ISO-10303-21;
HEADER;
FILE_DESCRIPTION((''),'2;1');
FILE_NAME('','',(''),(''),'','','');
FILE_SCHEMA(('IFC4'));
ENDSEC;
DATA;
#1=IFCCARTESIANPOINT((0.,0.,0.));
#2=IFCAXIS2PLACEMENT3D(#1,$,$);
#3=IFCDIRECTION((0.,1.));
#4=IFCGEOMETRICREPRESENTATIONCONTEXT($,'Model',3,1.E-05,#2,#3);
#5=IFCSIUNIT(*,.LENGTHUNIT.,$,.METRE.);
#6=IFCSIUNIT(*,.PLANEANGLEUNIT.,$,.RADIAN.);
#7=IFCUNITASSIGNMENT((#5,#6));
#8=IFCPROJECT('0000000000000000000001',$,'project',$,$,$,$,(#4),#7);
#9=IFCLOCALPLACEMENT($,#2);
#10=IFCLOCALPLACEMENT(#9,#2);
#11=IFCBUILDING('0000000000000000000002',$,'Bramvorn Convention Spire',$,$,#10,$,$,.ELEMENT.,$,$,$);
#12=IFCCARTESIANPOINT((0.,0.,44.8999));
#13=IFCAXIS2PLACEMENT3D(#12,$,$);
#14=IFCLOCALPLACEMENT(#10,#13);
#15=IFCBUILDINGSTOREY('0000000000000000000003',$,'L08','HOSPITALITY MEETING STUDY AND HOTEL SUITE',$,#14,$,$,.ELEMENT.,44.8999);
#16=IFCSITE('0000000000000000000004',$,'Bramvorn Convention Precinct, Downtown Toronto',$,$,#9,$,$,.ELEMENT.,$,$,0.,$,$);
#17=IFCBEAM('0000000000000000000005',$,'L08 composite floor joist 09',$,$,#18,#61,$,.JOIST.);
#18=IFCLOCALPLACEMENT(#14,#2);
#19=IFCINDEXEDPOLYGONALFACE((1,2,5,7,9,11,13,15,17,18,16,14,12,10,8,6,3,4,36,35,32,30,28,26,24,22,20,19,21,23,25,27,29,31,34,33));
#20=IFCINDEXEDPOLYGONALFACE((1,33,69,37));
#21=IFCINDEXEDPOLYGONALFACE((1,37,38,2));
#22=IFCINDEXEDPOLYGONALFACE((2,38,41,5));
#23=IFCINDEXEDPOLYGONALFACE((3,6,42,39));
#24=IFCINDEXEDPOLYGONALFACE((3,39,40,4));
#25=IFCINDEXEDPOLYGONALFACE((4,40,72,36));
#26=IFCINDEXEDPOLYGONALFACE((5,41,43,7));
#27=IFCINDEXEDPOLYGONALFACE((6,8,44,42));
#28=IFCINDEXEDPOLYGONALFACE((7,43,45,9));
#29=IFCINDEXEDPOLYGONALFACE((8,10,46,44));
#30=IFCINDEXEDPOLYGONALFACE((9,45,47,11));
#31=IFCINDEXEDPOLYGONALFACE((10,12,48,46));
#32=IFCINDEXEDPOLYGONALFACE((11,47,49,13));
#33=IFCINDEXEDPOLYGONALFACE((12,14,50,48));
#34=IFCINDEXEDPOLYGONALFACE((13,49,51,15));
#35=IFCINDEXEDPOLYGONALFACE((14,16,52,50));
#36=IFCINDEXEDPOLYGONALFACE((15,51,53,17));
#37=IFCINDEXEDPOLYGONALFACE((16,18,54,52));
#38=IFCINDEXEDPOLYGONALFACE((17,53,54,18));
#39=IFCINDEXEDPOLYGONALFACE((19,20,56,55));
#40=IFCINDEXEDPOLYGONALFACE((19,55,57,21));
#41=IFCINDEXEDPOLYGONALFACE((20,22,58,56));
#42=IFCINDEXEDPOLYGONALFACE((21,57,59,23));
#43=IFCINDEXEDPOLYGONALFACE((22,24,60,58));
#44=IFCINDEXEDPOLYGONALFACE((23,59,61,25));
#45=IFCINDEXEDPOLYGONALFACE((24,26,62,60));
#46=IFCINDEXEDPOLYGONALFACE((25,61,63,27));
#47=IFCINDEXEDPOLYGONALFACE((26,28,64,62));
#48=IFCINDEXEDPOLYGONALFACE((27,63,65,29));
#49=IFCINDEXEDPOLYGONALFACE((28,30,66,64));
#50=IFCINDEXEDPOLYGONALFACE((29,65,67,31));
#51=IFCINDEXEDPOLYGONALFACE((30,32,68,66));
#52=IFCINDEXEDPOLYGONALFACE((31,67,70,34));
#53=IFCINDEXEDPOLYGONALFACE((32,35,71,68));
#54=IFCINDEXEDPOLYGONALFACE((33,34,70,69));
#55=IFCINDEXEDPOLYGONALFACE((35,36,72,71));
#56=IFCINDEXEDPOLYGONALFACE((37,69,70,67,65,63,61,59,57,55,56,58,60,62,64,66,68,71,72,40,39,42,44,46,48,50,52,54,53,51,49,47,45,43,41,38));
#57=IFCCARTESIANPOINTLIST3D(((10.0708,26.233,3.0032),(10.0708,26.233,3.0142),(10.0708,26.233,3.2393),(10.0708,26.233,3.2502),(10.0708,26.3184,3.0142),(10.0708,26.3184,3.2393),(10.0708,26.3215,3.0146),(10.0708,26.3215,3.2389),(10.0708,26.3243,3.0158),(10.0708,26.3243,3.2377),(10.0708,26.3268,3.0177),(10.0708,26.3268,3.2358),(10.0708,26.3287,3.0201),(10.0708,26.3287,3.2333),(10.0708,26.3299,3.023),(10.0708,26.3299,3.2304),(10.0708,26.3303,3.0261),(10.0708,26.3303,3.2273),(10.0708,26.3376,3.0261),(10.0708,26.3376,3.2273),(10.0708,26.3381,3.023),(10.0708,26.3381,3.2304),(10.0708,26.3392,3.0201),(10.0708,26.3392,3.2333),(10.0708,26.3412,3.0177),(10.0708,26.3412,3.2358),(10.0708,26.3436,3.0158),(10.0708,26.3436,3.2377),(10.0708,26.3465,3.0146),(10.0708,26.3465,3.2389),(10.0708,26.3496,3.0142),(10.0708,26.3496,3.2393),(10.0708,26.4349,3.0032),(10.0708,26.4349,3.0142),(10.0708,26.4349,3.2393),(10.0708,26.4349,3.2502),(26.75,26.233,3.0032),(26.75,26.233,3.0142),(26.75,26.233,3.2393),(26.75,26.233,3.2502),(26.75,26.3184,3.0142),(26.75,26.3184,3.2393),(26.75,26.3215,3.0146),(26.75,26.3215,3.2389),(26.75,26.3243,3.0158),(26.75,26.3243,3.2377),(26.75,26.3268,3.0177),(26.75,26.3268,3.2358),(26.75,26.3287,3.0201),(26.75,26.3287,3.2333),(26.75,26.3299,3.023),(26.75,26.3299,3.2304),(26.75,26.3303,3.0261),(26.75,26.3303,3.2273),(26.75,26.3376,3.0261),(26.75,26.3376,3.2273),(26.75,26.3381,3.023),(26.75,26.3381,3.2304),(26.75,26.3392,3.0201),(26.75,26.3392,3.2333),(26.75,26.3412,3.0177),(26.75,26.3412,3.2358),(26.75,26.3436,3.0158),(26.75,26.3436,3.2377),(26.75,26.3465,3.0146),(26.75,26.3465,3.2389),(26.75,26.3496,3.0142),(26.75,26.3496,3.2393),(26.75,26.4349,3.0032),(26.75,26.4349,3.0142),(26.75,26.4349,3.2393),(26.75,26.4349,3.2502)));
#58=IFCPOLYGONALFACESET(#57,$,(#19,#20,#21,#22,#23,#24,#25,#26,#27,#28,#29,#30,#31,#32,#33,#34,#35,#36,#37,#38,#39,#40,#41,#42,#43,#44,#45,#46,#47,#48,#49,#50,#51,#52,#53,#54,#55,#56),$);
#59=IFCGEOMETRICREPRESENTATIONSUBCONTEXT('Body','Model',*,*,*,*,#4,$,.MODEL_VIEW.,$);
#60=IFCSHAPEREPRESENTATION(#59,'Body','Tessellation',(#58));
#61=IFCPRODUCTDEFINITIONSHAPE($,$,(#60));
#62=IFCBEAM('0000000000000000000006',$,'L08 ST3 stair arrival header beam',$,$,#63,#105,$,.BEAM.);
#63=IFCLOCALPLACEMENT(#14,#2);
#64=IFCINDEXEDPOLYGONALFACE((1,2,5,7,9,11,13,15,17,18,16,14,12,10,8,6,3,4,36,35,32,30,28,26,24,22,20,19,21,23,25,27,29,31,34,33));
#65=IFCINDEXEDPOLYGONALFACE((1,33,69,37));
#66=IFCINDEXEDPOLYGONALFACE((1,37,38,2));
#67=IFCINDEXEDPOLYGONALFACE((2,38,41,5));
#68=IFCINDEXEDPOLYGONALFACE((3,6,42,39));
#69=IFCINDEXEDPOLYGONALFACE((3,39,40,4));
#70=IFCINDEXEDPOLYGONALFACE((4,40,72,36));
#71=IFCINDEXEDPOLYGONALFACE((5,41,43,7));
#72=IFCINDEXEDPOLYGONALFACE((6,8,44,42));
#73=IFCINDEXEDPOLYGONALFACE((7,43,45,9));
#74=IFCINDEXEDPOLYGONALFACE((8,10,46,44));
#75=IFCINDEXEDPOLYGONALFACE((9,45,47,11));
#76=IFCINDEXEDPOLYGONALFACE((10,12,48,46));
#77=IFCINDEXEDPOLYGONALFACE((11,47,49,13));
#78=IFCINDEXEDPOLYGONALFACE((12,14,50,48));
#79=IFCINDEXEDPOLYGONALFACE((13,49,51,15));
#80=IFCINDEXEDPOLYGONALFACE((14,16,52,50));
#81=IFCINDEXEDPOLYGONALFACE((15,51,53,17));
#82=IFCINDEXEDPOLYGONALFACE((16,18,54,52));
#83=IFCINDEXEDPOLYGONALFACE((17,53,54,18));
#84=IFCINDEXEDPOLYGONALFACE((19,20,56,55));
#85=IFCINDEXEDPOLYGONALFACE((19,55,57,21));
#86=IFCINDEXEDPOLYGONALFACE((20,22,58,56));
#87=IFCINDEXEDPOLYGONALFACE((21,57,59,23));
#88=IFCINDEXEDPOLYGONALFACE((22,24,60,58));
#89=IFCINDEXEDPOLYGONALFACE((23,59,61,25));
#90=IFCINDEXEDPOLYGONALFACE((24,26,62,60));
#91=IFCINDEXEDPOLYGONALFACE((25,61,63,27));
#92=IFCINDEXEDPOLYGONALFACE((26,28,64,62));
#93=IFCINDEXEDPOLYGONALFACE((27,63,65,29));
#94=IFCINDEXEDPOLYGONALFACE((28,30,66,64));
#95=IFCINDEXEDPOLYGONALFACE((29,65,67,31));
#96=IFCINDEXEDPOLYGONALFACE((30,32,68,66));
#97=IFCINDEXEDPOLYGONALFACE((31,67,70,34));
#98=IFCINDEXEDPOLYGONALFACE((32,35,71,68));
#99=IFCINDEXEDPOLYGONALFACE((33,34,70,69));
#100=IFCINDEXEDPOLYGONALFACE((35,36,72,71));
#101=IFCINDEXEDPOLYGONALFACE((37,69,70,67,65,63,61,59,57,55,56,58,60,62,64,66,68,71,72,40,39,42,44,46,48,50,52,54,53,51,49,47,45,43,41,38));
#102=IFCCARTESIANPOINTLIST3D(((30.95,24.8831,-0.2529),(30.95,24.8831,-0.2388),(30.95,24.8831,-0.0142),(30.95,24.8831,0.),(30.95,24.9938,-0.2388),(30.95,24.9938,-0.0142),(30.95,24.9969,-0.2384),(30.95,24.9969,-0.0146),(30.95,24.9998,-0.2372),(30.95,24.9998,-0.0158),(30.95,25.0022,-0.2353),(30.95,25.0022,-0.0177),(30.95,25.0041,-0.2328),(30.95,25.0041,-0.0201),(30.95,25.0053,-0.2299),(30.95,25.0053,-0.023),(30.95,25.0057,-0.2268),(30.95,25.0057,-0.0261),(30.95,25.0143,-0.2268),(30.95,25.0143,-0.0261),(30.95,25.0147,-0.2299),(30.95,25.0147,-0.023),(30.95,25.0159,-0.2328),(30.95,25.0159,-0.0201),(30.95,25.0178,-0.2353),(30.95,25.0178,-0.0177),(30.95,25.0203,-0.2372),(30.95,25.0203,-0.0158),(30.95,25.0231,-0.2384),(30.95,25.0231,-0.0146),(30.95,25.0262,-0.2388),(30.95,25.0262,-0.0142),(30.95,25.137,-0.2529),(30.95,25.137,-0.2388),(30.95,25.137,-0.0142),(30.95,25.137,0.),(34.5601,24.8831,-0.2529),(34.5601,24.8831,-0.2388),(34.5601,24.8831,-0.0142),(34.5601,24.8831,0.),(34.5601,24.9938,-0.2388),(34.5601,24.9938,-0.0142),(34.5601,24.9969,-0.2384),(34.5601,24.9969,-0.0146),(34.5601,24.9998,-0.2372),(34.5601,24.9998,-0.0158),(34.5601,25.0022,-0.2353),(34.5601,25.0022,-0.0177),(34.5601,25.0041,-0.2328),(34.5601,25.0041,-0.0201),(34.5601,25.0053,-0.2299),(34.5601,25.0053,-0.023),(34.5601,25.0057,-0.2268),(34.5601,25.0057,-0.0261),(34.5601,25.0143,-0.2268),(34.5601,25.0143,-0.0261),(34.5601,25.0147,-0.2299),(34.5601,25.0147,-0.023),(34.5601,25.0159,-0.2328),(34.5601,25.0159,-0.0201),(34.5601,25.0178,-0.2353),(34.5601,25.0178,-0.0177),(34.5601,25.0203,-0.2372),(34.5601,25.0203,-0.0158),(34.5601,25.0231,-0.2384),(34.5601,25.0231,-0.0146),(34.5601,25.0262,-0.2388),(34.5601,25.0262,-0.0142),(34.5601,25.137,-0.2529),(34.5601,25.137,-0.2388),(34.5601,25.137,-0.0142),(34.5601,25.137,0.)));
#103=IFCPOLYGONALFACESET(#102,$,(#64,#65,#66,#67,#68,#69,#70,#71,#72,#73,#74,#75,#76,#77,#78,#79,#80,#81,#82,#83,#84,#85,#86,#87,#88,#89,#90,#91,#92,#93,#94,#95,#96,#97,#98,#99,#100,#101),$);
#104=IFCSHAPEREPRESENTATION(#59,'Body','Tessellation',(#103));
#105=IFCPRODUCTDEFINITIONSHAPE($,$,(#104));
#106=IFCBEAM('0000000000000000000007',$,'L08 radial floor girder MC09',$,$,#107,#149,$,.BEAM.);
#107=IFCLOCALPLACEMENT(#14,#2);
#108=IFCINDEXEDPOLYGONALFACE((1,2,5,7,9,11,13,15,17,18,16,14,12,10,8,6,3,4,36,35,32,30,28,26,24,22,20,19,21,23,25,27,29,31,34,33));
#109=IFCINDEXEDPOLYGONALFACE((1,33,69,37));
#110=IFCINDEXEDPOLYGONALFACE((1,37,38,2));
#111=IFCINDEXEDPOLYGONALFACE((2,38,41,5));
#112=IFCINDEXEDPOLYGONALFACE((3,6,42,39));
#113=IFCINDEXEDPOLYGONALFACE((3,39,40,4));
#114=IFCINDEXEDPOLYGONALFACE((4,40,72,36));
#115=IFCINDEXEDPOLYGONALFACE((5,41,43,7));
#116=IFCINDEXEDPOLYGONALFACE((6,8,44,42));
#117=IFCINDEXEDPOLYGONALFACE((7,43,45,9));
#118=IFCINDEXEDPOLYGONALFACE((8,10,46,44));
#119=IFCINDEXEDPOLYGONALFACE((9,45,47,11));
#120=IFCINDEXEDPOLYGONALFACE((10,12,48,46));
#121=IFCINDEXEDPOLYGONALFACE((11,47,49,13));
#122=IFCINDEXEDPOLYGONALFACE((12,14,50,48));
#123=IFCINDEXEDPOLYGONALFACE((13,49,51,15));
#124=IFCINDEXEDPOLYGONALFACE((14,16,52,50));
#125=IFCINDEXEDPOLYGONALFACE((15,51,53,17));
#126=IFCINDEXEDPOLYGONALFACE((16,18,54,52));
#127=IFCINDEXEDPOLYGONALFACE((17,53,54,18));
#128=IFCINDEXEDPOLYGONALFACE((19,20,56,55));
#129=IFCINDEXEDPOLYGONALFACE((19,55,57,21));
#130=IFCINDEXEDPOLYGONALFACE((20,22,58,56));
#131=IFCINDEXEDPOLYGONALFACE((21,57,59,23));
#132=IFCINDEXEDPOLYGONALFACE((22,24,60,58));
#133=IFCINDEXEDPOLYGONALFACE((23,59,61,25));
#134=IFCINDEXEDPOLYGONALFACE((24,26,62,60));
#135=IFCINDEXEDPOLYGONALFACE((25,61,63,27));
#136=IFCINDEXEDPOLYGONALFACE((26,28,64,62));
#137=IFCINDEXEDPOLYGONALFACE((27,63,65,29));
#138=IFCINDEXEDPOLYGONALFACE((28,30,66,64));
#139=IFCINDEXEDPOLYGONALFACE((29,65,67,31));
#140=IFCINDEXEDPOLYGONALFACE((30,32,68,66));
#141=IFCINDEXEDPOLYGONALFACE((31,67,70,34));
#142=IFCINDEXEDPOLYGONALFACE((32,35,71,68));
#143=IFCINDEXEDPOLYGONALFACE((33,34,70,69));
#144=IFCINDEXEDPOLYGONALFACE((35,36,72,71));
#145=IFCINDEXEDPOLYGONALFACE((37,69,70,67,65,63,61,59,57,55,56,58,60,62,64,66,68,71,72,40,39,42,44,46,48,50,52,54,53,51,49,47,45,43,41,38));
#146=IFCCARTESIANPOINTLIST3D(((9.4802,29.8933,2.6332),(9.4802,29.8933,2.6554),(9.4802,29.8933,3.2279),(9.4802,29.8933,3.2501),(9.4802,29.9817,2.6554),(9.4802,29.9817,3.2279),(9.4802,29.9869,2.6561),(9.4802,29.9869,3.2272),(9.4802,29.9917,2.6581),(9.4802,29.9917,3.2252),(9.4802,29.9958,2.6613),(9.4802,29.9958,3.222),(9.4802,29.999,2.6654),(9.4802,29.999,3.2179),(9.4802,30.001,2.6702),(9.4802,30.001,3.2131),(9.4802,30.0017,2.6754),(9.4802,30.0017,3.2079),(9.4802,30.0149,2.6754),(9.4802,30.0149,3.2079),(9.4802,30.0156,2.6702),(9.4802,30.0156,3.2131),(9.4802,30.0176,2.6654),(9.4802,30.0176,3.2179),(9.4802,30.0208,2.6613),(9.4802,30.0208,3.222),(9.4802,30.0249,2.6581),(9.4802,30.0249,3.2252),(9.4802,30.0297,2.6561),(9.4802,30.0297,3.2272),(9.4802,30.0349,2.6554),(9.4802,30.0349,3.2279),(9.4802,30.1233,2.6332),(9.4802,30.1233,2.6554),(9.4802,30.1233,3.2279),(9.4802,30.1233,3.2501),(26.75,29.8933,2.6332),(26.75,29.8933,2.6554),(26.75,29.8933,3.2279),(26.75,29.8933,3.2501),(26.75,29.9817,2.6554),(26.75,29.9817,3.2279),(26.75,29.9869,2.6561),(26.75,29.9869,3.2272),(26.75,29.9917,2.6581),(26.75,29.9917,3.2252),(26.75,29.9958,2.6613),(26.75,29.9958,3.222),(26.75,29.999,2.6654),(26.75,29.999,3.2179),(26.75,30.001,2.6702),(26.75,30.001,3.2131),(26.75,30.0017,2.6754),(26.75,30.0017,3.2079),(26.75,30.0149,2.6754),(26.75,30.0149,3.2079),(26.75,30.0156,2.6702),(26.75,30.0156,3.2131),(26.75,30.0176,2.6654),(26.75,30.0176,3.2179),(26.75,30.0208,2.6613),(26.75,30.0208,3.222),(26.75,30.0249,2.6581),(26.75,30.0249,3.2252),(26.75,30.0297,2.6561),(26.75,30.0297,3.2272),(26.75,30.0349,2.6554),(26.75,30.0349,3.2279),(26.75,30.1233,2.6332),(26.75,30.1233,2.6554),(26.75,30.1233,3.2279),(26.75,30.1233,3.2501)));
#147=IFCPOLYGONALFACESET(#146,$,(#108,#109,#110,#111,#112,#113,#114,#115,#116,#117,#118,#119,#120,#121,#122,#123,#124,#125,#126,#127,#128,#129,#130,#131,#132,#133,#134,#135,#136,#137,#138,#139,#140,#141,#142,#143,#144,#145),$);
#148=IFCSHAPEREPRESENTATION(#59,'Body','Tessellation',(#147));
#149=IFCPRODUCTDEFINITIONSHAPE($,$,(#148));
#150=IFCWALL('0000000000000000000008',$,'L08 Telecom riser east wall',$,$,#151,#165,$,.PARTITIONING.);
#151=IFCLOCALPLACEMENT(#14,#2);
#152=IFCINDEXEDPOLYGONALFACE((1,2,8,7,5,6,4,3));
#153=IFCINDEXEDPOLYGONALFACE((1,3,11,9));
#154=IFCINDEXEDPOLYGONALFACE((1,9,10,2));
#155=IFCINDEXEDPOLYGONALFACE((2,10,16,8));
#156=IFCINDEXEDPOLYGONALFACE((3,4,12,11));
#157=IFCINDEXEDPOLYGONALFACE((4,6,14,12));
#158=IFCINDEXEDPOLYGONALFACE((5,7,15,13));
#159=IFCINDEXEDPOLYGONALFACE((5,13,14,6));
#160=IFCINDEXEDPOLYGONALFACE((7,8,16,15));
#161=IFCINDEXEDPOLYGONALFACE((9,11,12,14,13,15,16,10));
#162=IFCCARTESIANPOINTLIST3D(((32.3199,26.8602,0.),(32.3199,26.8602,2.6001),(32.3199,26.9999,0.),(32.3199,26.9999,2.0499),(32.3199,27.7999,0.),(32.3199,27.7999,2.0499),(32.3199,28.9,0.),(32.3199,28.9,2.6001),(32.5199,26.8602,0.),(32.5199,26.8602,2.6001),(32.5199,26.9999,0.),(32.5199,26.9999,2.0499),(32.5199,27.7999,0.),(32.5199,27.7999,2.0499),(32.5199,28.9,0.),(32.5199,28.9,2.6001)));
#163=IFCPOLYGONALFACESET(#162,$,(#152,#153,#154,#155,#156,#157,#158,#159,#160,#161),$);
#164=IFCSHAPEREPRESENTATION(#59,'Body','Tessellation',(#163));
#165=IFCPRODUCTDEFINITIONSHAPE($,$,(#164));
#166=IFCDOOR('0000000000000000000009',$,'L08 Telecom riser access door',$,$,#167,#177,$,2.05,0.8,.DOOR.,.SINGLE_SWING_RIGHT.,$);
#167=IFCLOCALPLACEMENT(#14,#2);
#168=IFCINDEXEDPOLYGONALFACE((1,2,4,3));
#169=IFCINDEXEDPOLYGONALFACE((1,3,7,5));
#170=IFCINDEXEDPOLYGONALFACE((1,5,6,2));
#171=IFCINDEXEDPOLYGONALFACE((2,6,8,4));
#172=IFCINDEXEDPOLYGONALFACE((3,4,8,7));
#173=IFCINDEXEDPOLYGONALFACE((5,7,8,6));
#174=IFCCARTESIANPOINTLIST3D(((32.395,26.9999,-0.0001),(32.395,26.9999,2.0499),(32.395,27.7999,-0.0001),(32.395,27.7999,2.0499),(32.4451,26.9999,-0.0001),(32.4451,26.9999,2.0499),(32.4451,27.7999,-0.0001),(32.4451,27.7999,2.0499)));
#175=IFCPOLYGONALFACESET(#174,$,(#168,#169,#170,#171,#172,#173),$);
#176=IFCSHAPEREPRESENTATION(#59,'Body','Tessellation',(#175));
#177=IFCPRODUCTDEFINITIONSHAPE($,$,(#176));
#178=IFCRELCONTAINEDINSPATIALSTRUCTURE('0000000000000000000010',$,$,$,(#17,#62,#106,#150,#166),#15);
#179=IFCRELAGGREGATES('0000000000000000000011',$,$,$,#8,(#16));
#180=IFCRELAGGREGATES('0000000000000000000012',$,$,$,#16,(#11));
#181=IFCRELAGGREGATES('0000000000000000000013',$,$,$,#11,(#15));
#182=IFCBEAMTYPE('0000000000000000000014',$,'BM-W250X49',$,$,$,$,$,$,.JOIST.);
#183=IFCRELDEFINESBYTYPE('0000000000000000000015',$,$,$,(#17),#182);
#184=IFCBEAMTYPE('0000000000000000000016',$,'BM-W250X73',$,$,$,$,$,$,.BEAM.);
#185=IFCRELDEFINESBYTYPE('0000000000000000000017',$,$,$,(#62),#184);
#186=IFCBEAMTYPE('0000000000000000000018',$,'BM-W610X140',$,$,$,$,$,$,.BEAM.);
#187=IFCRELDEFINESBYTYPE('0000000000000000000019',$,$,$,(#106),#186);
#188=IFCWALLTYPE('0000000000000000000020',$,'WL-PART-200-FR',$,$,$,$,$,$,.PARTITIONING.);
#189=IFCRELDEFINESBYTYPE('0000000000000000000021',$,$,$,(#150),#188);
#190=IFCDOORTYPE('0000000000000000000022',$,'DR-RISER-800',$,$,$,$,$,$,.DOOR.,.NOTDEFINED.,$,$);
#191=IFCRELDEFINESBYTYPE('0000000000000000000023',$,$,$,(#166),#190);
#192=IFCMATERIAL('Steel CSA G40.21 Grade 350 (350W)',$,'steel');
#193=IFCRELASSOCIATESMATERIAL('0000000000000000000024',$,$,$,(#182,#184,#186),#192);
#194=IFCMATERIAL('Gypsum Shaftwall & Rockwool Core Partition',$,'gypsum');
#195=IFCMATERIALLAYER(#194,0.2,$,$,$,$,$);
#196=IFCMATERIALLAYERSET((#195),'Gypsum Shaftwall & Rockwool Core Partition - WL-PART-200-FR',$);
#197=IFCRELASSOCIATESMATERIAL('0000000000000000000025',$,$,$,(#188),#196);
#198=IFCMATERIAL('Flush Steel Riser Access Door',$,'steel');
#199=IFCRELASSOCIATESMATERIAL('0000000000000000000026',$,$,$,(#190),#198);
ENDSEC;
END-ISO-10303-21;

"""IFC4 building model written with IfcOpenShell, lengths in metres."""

from ifc_helpers import new_model, si_unit, direction, frame, frame_2d, origin, origin_2d, place, context, subcontext, project, spatial, rectangle, i_section, extrude, material, layer, layer_set, material_profile, profile_set, type_object, element, fill, save


model = new_model("IFC4")

# Units and contexts
model_context = context("Model", 3, precision=1e-05, world=origin(), true_north=direction((0.0, 1.0)))
body_context = subcontext(model_context, "Body", "Model", "MODEL_VIEW")
ifc_project = project(units=[si_unit("LENGTHUNIT", "METRE"), si_unit("PLANEANGLEUNIT", "RADIAN")], contexts=[model_context])

# Site, building, storey
site_placement = place(None, origin())
site = spatial("IfcSite", under=ifc_project, at=site_placement, Name="Bramvorn Convention Precinct, Downtown Toronto", CompositionType="ELEMENT", RefElevation=0.0)
building_placement = place(site_placement, origin())
building = spatial("IfcBuilding", under=site, at=building_placement, Name="Bramvorn Convention Spire", CompositionType="ELEMENT")
storey_placement = place(building_placement, frame((0.0, 0.0, 44.8999)))
storey = spatial("IfcBuildingStorey", under=building, at=storey_placement, Name="L08", Description="HOSPITALITY MEETING STUDY AND HOTEL SUITE", CompositionType="ELEMENT", Elevation=44.8999)

# Beams
ifc_material_1 = material(Name="Steel CSA G40.21 Grade 350 (350W)", Category="steel")
ifc_material_profile_1 = material_profile(ifc_material_1, i_section(OverallWidth=0.2019, OverallDepth=0.2471, WebThickness=0.0073, FlangeThickness=0.011, FilletRadius=0.012, at=origin_2d()))
ifc_profile_set_1 = profile_set([ifc_material_profile_1], Name="Steel CSA G40.21 Grade 350 (350W) - W250X49")
beam_type_1 = type_object("IfcBeamType", Name="BM-W250X49", PredefinedType="JOIST", material=ifc_profile_set_1)
beam_1_placement = place(storey_placement, frame((26.75, 26.334, 3.1267), z_axis=(-1.0, 0.0, 0.0), x_axis=(0.0, -1.0, 0.0)))
element("IfcBeam", 1, at=beam_1_placement, inside=storey, type_object=beam_type_1, Name="L08 composite floor joist 09", PredefinedType="JOIST", context=body_context, shape_type="SweptSolid", body=[
    extrude(i_section(OverallWidth=0.2019, OverallDepth=0.2471, WebThickness=0.0073, FlangeThickness=0.011, FilletRadius=0.012, at=origin_2d()), origin(), (0.0, 0.0, 1.0), 16.6792),
])
ifc_material_profile_2 = material_profile(ifc_material_1, i_section(OverallWidth=0.2539, OverallDepth=0.2529, WebThickness=0.0085, FlangeThickness=0.0142, FilletRadius=0.012, at=origin_2d()))
ifc_profile_set_2 = profile_set([ifc_material_profile_2], Name="Steel CSA G40.21 Grade 350 (350W) - W250X73")
beam_type_2 = type_object("IfcBeamType", Name="BM-W250X73", PredefinedType="BEAM", material=ifc_profile_set_2)
beam_2_placement = place(storey_placement, frame((30.95, 25.01, -0.1265), z_axis=(1.0, 0.0, 0.0), x_axis=(0.0, 1.0, 0.0)))
element("IfcBeam", 2, at=beam_2_placement, inside=storey, type_object=beam_type_2, Name="L08 ST3 stair arrival header beam", PredefinedType="BEAM", context=body_context, shape_type="SweptSolid", body=[
    extrude(i_section(OverallWidth=0.2539, OverallDepth=0.2529, WebThickness=0.0085, FlangeThickness=0.0142, FilletRadius=0.012, at=origin_2d()), origin(), (0.0, 0.0, 1.0), 3.6101),
])
ifc_material_profile_3 = material_profile(ifc_material_1, i_section(OverallWidth=0.23, OverallDepth=0.6169, WebThickness=0.0132, FlangeThickness=0.0222, FilletRadius=0.02, at=origin_2d()))
ifc_profile_set_3 = profile_set([ifc_material_profile_3], Name="Steel CSA G40.21 Grade 350 (350W) - W610X140")
beam_type_3 = type_object("IfcBeamType", Name="BM-W610X140", PredefinedType="BEAM", material=ifc_profile_set_3)
beam_3_placement = place(storey_placement, frame((26.75, 30.0083, 2.9417), z_axis=(-1.0, 0.0, 0.0), x_axis=(0.0, -1.0, 0.0)))
element("IfcBeam", 3, at=beam_3_placement, inside=storey, type_object=beam_type_3, Name="L08 radial floor girder MC09", PredefinedType="BEAM", context=body_context, shape_type="SweptSolid", body=[
    extrude(i_section(OverallWidth=0.23, OverallDepth=0.6169, WebThickness=0.0132, FlangeThickness=0.0222, FilletRadius=0.02, at=origin_2d()), origin(), (0.0, 0.0, 1.0), 17.2698),
])

# Wall, opening, door
ifc_material_2 = material(Name="Gypsum Shaftwall & Rockwool Core Partition", Category="gypsum")
ifc_layer_1 = layer(ifc_material_2, 0.2)
ifc_layer_set_1 = layer_set([ifc_layer_1], Name="Gypsum Shaftwall & Rockwool Core Partition - WL-PART-200-FR")
wall_type_1 = type_object("IfcWallType", Name="WL-PART-200-FR", PredefinedType="PARTITIONING", material=ifc_layer_set_1)
wall_1_placement = place(storey_placement, frame((32.4199, 26.8601, 0.0), z_axis=(0.0, 0.0, 1.0), x_axis=(0.0, 1.0, 0.0)))
wall_1 = element("IfcWall", 4, at=wall_1_placement, inside=storey, type_object=wall_type_1, Name="L08 Telecom riser east wall", PredefinedType="PARTITIONING", context=body_context, shape_type="SweptSolid", body=[
    extrude(rectangle(XDim=2.0398, YDim=0.2, at=frame_2d((1.02, 0.0))), origin(), (0.0, 0.0, 1.0), 2.6001),
])
opening_1_placement = place(wall_1_placement, frame((0.1399, 0.0, 0.0)))
opening_1 = element("IfcOpeningElement", 5, at=opening_1_placement, cuts=wall_1, PredefinedType="OPENING", context=body_context, shape_type="SweptSolid", body=[
    extrude(rectangle(XDim=0.8, YDim=2.05, at=frame_2d((0.3999, 1.0249))), frame((0.0, 0.1099, 0.0), z_axis=(0.0, -1.0, 0.0), x_axis=(1.0, 0.0, 0.0)), (0.0, 0.0, 1.0), 0.22),
])
ifc_material_3 = material(Name="Flush Steel Riser Access Door", Category="steel")
door_type_1 = type_object("IfcDoorType", Name="DR-RISER-800", OperationType="NOTDEFINED", PredefinedType="DOOR", material=ifc_material_3)
door_1_placement = place(opening_1_placement, origin())
door_1 = element("IfcDoor", 6, at=door_1_placement, inside=storey, type_object=door_type_1, Name="L08 Telecom riser access door", OperationType="SINGLE_SWING_RIGHT", OverallHeight=2.05, OverallWidth=0.8, PredefinedType="DOOR", context=body_context, shape_type="SweptSolid", body=[
    extrude(rectangle(XDim=0.8, YDim=2.05, at=frame_2d((0.3999, 1.0249))), frame((0.0, 0.0249, 0.0), z_axis=(0.0, -1.0, 0.0), x_axis=(1.0, 0.0, 0.0)), (0.0, 0.0, 1.0), 0.05),
])
fill(opening_1, door_1)

save(model, "model.ifc")
